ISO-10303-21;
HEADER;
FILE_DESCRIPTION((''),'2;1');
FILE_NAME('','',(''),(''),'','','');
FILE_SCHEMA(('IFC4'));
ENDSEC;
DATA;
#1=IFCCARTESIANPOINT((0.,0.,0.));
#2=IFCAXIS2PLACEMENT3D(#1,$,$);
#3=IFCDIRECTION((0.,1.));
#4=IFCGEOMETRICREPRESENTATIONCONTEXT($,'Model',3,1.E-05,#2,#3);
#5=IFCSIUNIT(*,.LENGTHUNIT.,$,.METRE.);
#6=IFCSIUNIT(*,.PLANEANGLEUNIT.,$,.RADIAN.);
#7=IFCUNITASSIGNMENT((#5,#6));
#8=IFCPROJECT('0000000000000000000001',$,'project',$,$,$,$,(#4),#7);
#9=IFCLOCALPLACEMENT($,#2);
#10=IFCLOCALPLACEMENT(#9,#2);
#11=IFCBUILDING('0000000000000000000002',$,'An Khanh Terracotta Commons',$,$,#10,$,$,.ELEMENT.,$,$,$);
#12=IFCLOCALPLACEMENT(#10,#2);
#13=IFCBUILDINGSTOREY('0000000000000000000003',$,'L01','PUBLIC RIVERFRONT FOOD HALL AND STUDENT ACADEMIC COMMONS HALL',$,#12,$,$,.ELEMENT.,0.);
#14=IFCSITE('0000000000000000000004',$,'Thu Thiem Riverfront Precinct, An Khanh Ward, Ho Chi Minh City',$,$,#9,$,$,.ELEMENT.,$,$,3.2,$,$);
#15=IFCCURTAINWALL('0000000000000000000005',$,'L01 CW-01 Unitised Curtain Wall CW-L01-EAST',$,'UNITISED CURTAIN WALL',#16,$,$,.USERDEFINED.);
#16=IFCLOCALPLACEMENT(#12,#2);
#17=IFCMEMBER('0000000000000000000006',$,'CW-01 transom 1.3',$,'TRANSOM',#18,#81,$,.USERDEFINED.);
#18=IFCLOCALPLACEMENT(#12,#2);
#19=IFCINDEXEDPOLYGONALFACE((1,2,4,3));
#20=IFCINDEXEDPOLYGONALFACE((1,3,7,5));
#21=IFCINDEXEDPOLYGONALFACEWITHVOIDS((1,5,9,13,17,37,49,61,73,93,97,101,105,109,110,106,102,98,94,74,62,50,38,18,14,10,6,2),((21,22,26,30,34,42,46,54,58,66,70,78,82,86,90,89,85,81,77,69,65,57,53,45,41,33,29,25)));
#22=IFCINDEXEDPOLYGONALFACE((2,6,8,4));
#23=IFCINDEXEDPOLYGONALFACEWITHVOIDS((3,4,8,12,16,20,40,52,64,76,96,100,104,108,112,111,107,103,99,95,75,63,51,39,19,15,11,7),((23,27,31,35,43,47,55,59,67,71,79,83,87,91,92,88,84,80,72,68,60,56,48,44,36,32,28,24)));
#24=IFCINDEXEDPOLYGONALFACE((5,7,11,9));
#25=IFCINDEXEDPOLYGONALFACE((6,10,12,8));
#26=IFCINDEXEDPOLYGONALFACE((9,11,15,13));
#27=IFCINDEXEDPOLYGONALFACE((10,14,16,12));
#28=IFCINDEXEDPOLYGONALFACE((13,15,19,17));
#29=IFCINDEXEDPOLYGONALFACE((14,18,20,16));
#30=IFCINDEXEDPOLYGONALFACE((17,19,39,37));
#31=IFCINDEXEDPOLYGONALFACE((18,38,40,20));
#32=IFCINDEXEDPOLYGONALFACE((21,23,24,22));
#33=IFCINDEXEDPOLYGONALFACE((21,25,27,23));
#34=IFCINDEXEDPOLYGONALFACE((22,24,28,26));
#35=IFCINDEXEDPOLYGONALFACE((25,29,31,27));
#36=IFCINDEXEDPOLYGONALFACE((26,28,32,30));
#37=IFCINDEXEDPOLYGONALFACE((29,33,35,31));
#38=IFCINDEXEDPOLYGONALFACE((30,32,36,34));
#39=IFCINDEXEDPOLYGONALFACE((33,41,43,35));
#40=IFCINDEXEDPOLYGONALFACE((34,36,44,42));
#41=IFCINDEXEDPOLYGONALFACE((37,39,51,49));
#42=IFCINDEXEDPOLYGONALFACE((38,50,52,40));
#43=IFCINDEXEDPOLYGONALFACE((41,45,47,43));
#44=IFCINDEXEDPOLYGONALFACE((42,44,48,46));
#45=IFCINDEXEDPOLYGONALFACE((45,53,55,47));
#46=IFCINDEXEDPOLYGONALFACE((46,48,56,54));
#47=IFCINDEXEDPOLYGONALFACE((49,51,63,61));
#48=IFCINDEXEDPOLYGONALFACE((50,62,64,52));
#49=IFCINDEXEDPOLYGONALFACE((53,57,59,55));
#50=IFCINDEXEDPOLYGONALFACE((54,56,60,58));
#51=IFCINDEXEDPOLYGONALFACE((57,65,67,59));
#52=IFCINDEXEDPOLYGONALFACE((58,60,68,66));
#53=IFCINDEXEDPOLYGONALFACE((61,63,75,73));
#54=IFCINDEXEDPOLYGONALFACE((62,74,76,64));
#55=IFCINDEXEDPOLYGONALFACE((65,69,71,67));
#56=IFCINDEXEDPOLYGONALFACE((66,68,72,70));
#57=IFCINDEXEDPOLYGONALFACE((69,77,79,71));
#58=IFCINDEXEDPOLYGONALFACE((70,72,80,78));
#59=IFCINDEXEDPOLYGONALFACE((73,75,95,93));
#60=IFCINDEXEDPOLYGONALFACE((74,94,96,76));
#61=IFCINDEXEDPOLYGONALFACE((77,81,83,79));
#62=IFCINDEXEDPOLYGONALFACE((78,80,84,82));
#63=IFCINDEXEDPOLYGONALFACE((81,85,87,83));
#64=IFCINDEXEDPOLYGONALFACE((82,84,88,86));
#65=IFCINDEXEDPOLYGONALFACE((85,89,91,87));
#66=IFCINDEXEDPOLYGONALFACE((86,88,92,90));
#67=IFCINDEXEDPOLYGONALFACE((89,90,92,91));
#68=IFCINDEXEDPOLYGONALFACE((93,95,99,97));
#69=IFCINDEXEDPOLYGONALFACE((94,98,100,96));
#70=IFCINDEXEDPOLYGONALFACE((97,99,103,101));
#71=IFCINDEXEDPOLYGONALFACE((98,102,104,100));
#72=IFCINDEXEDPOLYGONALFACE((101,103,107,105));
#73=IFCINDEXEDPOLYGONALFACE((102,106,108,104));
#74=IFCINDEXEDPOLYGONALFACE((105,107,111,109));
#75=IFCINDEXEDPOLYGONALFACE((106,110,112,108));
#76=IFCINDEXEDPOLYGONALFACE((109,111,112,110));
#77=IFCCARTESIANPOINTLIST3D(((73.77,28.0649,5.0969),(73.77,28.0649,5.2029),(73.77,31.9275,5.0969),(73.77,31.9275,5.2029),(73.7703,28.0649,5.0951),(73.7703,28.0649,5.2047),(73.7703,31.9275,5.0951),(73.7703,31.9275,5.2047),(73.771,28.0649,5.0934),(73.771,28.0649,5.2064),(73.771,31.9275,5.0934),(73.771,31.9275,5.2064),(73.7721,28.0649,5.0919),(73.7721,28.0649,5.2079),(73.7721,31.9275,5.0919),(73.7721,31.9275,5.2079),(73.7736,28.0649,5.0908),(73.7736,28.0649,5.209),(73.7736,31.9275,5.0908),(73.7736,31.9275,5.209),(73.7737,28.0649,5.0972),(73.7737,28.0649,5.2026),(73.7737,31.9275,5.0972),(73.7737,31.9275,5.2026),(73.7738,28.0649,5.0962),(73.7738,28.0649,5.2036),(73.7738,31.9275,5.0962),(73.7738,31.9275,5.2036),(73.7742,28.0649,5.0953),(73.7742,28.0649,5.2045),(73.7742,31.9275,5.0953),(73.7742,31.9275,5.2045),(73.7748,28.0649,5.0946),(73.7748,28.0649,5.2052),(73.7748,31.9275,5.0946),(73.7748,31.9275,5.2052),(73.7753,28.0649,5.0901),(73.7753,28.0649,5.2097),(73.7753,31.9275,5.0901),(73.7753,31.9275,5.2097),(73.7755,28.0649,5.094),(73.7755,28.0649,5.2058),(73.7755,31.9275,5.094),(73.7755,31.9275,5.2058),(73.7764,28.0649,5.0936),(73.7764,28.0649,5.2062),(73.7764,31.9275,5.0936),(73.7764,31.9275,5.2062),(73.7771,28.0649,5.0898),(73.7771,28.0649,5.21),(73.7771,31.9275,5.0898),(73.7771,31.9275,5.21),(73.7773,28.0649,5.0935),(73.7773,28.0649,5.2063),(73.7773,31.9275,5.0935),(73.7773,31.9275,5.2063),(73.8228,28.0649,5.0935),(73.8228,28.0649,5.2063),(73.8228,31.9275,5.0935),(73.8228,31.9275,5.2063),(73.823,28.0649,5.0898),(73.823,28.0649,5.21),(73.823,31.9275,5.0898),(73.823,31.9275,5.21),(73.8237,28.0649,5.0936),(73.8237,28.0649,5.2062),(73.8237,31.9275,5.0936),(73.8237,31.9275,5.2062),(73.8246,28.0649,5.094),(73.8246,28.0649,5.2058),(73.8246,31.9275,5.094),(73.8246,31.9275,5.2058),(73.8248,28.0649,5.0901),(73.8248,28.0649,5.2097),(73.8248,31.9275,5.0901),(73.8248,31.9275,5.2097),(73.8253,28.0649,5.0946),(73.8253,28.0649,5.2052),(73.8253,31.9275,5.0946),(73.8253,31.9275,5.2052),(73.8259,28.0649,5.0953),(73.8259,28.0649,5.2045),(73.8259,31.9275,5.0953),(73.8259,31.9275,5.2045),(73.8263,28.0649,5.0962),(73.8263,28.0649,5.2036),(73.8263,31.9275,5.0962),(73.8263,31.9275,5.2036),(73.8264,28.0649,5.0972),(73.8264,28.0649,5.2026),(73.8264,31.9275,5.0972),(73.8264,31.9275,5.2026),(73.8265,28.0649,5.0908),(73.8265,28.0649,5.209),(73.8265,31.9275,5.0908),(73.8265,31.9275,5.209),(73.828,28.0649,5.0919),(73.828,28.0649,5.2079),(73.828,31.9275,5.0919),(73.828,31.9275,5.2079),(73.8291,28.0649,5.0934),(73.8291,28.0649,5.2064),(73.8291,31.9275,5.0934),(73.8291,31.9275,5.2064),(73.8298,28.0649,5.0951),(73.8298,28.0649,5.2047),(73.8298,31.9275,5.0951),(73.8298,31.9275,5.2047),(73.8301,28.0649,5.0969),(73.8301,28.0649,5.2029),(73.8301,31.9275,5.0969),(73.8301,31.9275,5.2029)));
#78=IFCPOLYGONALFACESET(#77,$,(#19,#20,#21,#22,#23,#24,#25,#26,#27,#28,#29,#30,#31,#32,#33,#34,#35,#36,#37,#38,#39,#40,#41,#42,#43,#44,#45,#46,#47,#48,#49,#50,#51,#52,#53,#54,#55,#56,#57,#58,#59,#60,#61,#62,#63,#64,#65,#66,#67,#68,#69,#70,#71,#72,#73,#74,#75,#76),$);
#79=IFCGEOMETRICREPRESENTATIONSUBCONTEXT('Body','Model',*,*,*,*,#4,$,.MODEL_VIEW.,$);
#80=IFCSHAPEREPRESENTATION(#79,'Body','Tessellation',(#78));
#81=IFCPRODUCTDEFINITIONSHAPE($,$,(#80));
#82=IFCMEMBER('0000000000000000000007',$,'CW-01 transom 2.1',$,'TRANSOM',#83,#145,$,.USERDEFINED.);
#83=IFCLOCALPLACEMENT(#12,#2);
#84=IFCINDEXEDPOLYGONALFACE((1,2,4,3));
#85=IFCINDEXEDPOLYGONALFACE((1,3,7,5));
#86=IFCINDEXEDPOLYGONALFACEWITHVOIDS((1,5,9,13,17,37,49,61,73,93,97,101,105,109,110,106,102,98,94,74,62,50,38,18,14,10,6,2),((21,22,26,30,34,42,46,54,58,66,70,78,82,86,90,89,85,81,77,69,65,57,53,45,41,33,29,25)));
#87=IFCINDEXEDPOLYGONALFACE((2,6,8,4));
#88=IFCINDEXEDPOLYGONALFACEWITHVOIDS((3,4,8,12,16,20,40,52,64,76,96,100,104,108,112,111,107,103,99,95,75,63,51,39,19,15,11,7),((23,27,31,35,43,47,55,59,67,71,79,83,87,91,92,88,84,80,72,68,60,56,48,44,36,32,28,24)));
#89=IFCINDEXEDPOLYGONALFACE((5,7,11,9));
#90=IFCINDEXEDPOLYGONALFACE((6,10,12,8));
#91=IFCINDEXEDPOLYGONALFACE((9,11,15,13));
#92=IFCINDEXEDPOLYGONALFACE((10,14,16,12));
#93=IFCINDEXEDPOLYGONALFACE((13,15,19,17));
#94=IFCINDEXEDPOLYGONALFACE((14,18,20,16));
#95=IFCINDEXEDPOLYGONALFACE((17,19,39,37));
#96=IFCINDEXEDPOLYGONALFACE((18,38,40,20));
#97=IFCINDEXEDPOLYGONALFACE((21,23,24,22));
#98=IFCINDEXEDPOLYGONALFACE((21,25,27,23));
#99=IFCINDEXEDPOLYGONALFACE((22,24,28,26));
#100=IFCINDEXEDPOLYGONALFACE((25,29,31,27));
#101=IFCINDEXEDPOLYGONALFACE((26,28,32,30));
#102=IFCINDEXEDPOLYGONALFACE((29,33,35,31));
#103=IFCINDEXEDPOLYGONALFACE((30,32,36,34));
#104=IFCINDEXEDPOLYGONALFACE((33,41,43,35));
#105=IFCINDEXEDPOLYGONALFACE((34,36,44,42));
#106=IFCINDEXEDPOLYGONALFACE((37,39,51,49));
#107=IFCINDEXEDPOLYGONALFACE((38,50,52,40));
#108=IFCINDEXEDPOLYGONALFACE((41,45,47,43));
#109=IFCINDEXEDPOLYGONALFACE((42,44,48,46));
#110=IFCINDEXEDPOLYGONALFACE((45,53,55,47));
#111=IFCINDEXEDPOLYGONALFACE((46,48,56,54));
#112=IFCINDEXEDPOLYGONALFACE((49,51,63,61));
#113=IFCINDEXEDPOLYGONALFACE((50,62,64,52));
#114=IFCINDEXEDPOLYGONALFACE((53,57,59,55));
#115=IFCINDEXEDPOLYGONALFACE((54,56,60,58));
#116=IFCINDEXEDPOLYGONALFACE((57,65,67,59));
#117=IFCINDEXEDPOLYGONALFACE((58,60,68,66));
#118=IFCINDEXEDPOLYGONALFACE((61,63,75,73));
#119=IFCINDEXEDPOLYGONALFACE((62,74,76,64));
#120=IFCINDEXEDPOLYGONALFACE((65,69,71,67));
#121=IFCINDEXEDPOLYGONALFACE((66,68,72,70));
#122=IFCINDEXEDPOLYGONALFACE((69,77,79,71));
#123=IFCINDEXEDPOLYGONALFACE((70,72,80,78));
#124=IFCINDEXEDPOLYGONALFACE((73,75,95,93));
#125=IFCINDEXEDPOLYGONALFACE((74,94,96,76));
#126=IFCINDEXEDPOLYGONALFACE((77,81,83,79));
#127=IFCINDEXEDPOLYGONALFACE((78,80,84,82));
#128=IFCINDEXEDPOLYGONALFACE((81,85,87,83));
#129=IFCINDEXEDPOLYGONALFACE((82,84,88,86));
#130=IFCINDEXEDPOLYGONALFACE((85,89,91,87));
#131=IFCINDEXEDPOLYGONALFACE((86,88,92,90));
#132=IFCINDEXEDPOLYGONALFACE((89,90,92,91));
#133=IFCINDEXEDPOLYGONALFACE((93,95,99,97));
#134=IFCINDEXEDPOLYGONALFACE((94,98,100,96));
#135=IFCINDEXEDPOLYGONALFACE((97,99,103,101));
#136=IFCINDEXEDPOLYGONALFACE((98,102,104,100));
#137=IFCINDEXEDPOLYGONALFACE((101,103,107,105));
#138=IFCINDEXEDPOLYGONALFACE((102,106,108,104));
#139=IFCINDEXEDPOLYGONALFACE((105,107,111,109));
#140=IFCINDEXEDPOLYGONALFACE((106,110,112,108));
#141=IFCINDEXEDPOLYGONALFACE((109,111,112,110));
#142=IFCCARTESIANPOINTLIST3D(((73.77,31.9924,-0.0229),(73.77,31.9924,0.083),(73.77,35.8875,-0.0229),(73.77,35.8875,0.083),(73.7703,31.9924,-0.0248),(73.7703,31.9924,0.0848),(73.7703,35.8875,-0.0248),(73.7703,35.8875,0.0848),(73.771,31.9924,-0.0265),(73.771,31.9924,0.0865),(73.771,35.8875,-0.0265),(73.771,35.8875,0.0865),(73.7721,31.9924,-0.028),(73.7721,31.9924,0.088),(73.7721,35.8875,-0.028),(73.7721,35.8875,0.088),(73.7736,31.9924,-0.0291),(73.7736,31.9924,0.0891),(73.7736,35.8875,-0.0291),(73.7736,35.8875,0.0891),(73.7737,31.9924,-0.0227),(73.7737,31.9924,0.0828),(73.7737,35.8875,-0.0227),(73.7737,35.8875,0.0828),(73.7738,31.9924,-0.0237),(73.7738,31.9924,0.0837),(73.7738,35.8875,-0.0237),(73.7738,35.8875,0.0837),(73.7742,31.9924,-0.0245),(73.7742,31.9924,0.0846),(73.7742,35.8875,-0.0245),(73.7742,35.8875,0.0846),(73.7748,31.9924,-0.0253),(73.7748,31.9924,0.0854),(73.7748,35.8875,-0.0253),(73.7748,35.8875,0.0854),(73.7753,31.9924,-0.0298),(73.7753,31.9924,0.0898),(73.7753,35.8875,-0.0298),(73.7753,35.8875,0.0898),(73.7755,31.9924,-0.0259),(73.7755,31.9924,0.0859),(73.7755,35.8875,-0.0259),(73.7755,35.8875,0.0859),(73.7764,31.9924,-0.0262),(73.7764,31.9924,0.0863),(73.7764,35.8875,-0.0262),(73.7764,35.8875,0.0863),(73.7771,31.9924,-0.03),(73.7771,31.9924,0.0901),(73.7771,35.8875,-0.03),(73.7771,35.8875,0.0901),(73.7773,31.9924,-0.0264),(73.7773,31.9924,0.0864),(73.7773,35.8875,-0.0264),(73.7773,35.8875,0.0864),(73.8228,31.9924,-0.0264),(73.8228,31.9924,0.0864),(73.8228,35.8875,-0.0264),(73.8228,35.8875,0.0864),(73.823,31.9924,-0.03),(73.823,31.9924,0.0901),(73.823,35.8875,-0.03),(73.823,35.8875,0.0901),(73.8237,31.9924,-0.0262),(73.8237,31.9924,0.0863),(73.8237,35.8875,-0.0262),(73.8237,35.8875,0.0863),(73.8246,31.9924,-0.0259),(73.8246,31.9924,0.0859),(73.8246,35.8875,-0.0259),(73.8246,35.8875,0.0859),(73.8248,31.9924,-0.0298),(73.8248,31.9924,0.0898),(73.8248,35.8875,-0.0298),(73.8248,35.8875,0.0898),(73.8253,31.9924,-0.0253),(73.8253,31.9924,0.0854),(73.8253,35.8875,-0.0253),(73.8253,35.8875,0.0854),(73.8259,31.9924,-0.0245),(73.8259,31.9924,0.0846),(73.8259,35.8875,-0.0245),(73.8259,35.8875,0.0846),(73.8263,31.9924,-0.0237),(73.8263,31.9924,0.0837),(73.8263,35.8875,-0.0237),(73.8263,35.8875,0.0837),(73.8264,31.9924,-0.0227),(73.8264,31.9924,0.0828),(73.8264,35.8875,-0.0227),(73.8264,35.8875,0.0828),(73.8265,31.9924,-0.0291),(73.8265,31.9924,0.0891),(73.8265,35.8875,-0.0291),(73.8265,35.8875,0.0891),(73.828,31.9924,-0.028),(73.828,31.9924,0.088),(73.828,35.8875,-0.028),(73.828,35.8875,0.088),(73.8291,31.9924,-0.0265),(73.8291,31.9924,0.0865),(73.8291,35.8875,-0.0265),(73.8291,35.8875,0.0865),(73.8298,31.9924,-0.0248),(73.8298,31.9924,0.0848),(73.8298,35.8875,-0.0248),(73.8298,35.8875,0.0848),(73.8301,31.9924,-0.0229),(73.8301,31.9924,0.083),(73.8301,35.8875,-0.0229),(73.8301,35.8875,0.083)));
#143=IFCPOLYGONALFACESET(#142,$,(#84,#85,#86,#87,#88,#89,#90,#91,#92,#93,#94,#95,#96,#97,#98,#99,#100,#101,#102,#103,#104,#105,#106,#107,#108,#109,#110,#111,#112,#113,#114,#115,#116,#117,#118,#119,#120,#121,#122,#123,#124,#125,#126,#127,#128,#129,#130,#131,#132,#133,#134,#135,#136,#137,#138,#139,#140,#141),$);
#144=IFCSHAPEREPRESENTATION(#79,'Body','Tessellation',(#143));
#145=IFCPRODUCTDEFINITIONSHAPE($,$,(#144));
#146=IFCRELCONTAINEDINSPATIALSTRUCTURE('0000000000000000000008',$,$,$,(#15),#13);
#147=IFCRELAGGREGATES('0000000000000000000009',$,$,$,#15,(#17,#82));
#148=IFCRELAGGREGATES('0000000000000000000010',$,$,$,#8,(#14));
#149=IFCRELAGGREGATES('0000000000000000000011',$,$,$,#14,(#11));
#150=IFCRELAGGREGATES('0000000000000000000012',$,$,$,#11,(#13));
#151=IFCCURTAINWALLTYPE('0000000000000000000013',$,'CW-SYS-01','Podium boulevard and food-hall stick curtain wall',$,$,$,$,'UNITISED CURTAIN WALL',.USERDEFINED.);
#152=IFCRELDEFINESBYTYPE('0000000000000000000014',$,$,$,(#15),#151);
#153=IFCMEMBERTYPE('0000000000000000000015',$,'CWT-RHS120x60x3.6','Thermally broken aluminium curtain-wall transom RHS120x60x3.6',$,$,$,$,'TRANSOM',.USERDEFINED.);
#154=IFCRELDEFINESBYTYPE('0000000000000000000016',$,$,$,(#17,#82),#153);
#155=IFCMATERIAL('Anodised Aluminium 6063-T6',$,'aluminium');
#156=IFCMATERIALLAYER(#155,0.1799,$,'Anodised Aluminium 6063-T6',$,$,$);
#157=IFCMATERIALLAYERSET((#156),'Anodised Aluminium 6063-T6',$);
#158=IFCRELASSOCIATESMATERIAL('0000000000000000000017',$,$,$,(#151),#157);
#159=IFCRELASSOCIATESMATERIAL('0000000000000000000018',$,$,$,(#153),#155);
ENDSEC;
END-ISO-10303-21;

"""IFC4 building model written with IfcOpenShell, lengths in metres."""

from ifc_helpers import new_model, si_unit, direction, frame, origin, origin_2d, place, context, subcontext, project, spatial, hollow_rectangle, extrude, material, layer, layer_set, material_profile, profile_set, type_object, element, aggregate, save


model = new_model("IFC4")

# Units and contexts
model_context = context("Model", 3, precision=1e-05, world=origin(), true_north=direction((0.0, 1.0)))
body_context = subcontext(model_context, "Body", "Model", "MODEL_VIEW")
ifc_project = project(units=[si_unit("LENGTHUNIT", "METRE"), si_unit("PLANEANGLEUNIT", "RADIAN")], contexts=[model_context])

# Site, building, storey
site_placement = place(None, origin())
site = spatial("IfcSite", under=ifc_project, at=site_placement, Name="Thu Thiem Riverfront Precinct, An Khanh Ward, Ho Chi Minh City", CompositionType="ELEMENT", RefElevation=3.2)
building_placement = place(site_placement, origin())
building = spatial("IfcBuilding", under=site, at=building_placement, Name="An Khanh Terracotta Commons", CompositionType="ELEMENT")
storey_placement = place(building_placement, origin())
storey = spatial("IfcBuildingStorey", under=building, at=storey_placement, Name="L01", Description="PUBLIC RIVERFRONT FOOD HALL AND STUDENT ACADEMIC COMMONS HALL", CompositionType="ELEMENT", Elevation=0.0)

# Curtain wall, members
ifc_material_1 = material(Name="Anodised Aluminium 6063-T6", Category="aluminium")
ifc_layer_1 = layer(ifc_material_1, 0.1799, Name="Anodised Aluminium 6063-T6")
ifc_layer_set_1 = layer_set([ifc_layer_1], Name="Anodised Aluminium 6063-T6")
curtain_wall_type = type_object("IfcCurtainWallType", Name="CW-SYS-01", Description="Podium boulevard and food-hall stick curtain wall", ElementType="UNITISED CURTAIN WALL", PredefinedType="USERDEFINED", material=ifc_layer_set_1)
curtain_wall_placement = place(storey_placement, origin())
curtain_wall = element("IfcCurtainWall", 1, at=curtain_wall_placement, inside=storey, type_object=curtain_wall_type, Name="L01 CW-01 Unitised Curtain Wall CW-L01-EAST", ObjectType="UNITISED CURTAIN WALL", PredefinedType="USERDEFINED")
ifc_material_profile_1 = material_profile(ifc_material_1, hollow_rectangle(XDim=0.0601, YDim=0.1201, WallThickness=0.0037, InnerFilletRadius=0.0037, OuterFilletRadius=0.0071, at=origin_2d()), Name="RHS120x60x3.6")
ifc_profile_set_1 = profile_set([ifc_material_profile_1], Name="Anodised Aluminium 6063-T6")
member_type_1 = type_object("IfcMemberType", Name="CWT-RHS120x60x3.6", Description="Thermally broken aluminium curtain-wall transom RHS120x60x3.6", ElementType="TRANSOM", PredefinedType="USERDEFINED", material=ifc_profile_set_1)
member_1_placement = place(storey_placement, frame((73.8, 28.0649, 5.1499), z_axis=(0.0, 1.0, 0.0), x_axis=(-1.0, 0.0, 0.0)))
member_1 = element("IfcMember", 2, at=member_1_placement, type_object=member_type_1, Name="CW-01 transom 1.3", ObjectType="TRANSOM", PredefinedType="USERDEFINED", context=body_context, shape_type="SweptSolid", body=[
    extrude(hollow_rectangle(XDim=0.0601, YDim=0.1201, WallThickness=0.0037, InnerFilletRadius=0.0037, OuterFilletRadius=0.0071, at=origin_2d()), origin(), (0.0, 0.0, 1.0), 3.8625),
])
member_2_placement = place(storey_placement, frame((73.8, 31.9924, 0.03), z_axis=(0.0, 1.0, 0.0), x_axis=(-1.0, 0.0, 0.0)))
member_2 = element("IfcMember", 3, at=member_2_placement, type_object=member_type_1, Name="CW-01 transom 2.1", ObjectType="TRANSOM", PredefinedType="USERDEFINED", context=body_context, shape_type="SweptSolid", body=[
    extrude(hollow_rectangle(XDim=0.0601, YDim=0.1201, WallThickness=0.0037, InnerFilletRadius=0.0037, OuterFilletRadius=0.0071, at=origin_2d()), origin(), (0.0, 0.0, 1.0), 3.895),
])
aggregate(curtain_wall, [member_1, member_2])

save(model, "model.ifc")
